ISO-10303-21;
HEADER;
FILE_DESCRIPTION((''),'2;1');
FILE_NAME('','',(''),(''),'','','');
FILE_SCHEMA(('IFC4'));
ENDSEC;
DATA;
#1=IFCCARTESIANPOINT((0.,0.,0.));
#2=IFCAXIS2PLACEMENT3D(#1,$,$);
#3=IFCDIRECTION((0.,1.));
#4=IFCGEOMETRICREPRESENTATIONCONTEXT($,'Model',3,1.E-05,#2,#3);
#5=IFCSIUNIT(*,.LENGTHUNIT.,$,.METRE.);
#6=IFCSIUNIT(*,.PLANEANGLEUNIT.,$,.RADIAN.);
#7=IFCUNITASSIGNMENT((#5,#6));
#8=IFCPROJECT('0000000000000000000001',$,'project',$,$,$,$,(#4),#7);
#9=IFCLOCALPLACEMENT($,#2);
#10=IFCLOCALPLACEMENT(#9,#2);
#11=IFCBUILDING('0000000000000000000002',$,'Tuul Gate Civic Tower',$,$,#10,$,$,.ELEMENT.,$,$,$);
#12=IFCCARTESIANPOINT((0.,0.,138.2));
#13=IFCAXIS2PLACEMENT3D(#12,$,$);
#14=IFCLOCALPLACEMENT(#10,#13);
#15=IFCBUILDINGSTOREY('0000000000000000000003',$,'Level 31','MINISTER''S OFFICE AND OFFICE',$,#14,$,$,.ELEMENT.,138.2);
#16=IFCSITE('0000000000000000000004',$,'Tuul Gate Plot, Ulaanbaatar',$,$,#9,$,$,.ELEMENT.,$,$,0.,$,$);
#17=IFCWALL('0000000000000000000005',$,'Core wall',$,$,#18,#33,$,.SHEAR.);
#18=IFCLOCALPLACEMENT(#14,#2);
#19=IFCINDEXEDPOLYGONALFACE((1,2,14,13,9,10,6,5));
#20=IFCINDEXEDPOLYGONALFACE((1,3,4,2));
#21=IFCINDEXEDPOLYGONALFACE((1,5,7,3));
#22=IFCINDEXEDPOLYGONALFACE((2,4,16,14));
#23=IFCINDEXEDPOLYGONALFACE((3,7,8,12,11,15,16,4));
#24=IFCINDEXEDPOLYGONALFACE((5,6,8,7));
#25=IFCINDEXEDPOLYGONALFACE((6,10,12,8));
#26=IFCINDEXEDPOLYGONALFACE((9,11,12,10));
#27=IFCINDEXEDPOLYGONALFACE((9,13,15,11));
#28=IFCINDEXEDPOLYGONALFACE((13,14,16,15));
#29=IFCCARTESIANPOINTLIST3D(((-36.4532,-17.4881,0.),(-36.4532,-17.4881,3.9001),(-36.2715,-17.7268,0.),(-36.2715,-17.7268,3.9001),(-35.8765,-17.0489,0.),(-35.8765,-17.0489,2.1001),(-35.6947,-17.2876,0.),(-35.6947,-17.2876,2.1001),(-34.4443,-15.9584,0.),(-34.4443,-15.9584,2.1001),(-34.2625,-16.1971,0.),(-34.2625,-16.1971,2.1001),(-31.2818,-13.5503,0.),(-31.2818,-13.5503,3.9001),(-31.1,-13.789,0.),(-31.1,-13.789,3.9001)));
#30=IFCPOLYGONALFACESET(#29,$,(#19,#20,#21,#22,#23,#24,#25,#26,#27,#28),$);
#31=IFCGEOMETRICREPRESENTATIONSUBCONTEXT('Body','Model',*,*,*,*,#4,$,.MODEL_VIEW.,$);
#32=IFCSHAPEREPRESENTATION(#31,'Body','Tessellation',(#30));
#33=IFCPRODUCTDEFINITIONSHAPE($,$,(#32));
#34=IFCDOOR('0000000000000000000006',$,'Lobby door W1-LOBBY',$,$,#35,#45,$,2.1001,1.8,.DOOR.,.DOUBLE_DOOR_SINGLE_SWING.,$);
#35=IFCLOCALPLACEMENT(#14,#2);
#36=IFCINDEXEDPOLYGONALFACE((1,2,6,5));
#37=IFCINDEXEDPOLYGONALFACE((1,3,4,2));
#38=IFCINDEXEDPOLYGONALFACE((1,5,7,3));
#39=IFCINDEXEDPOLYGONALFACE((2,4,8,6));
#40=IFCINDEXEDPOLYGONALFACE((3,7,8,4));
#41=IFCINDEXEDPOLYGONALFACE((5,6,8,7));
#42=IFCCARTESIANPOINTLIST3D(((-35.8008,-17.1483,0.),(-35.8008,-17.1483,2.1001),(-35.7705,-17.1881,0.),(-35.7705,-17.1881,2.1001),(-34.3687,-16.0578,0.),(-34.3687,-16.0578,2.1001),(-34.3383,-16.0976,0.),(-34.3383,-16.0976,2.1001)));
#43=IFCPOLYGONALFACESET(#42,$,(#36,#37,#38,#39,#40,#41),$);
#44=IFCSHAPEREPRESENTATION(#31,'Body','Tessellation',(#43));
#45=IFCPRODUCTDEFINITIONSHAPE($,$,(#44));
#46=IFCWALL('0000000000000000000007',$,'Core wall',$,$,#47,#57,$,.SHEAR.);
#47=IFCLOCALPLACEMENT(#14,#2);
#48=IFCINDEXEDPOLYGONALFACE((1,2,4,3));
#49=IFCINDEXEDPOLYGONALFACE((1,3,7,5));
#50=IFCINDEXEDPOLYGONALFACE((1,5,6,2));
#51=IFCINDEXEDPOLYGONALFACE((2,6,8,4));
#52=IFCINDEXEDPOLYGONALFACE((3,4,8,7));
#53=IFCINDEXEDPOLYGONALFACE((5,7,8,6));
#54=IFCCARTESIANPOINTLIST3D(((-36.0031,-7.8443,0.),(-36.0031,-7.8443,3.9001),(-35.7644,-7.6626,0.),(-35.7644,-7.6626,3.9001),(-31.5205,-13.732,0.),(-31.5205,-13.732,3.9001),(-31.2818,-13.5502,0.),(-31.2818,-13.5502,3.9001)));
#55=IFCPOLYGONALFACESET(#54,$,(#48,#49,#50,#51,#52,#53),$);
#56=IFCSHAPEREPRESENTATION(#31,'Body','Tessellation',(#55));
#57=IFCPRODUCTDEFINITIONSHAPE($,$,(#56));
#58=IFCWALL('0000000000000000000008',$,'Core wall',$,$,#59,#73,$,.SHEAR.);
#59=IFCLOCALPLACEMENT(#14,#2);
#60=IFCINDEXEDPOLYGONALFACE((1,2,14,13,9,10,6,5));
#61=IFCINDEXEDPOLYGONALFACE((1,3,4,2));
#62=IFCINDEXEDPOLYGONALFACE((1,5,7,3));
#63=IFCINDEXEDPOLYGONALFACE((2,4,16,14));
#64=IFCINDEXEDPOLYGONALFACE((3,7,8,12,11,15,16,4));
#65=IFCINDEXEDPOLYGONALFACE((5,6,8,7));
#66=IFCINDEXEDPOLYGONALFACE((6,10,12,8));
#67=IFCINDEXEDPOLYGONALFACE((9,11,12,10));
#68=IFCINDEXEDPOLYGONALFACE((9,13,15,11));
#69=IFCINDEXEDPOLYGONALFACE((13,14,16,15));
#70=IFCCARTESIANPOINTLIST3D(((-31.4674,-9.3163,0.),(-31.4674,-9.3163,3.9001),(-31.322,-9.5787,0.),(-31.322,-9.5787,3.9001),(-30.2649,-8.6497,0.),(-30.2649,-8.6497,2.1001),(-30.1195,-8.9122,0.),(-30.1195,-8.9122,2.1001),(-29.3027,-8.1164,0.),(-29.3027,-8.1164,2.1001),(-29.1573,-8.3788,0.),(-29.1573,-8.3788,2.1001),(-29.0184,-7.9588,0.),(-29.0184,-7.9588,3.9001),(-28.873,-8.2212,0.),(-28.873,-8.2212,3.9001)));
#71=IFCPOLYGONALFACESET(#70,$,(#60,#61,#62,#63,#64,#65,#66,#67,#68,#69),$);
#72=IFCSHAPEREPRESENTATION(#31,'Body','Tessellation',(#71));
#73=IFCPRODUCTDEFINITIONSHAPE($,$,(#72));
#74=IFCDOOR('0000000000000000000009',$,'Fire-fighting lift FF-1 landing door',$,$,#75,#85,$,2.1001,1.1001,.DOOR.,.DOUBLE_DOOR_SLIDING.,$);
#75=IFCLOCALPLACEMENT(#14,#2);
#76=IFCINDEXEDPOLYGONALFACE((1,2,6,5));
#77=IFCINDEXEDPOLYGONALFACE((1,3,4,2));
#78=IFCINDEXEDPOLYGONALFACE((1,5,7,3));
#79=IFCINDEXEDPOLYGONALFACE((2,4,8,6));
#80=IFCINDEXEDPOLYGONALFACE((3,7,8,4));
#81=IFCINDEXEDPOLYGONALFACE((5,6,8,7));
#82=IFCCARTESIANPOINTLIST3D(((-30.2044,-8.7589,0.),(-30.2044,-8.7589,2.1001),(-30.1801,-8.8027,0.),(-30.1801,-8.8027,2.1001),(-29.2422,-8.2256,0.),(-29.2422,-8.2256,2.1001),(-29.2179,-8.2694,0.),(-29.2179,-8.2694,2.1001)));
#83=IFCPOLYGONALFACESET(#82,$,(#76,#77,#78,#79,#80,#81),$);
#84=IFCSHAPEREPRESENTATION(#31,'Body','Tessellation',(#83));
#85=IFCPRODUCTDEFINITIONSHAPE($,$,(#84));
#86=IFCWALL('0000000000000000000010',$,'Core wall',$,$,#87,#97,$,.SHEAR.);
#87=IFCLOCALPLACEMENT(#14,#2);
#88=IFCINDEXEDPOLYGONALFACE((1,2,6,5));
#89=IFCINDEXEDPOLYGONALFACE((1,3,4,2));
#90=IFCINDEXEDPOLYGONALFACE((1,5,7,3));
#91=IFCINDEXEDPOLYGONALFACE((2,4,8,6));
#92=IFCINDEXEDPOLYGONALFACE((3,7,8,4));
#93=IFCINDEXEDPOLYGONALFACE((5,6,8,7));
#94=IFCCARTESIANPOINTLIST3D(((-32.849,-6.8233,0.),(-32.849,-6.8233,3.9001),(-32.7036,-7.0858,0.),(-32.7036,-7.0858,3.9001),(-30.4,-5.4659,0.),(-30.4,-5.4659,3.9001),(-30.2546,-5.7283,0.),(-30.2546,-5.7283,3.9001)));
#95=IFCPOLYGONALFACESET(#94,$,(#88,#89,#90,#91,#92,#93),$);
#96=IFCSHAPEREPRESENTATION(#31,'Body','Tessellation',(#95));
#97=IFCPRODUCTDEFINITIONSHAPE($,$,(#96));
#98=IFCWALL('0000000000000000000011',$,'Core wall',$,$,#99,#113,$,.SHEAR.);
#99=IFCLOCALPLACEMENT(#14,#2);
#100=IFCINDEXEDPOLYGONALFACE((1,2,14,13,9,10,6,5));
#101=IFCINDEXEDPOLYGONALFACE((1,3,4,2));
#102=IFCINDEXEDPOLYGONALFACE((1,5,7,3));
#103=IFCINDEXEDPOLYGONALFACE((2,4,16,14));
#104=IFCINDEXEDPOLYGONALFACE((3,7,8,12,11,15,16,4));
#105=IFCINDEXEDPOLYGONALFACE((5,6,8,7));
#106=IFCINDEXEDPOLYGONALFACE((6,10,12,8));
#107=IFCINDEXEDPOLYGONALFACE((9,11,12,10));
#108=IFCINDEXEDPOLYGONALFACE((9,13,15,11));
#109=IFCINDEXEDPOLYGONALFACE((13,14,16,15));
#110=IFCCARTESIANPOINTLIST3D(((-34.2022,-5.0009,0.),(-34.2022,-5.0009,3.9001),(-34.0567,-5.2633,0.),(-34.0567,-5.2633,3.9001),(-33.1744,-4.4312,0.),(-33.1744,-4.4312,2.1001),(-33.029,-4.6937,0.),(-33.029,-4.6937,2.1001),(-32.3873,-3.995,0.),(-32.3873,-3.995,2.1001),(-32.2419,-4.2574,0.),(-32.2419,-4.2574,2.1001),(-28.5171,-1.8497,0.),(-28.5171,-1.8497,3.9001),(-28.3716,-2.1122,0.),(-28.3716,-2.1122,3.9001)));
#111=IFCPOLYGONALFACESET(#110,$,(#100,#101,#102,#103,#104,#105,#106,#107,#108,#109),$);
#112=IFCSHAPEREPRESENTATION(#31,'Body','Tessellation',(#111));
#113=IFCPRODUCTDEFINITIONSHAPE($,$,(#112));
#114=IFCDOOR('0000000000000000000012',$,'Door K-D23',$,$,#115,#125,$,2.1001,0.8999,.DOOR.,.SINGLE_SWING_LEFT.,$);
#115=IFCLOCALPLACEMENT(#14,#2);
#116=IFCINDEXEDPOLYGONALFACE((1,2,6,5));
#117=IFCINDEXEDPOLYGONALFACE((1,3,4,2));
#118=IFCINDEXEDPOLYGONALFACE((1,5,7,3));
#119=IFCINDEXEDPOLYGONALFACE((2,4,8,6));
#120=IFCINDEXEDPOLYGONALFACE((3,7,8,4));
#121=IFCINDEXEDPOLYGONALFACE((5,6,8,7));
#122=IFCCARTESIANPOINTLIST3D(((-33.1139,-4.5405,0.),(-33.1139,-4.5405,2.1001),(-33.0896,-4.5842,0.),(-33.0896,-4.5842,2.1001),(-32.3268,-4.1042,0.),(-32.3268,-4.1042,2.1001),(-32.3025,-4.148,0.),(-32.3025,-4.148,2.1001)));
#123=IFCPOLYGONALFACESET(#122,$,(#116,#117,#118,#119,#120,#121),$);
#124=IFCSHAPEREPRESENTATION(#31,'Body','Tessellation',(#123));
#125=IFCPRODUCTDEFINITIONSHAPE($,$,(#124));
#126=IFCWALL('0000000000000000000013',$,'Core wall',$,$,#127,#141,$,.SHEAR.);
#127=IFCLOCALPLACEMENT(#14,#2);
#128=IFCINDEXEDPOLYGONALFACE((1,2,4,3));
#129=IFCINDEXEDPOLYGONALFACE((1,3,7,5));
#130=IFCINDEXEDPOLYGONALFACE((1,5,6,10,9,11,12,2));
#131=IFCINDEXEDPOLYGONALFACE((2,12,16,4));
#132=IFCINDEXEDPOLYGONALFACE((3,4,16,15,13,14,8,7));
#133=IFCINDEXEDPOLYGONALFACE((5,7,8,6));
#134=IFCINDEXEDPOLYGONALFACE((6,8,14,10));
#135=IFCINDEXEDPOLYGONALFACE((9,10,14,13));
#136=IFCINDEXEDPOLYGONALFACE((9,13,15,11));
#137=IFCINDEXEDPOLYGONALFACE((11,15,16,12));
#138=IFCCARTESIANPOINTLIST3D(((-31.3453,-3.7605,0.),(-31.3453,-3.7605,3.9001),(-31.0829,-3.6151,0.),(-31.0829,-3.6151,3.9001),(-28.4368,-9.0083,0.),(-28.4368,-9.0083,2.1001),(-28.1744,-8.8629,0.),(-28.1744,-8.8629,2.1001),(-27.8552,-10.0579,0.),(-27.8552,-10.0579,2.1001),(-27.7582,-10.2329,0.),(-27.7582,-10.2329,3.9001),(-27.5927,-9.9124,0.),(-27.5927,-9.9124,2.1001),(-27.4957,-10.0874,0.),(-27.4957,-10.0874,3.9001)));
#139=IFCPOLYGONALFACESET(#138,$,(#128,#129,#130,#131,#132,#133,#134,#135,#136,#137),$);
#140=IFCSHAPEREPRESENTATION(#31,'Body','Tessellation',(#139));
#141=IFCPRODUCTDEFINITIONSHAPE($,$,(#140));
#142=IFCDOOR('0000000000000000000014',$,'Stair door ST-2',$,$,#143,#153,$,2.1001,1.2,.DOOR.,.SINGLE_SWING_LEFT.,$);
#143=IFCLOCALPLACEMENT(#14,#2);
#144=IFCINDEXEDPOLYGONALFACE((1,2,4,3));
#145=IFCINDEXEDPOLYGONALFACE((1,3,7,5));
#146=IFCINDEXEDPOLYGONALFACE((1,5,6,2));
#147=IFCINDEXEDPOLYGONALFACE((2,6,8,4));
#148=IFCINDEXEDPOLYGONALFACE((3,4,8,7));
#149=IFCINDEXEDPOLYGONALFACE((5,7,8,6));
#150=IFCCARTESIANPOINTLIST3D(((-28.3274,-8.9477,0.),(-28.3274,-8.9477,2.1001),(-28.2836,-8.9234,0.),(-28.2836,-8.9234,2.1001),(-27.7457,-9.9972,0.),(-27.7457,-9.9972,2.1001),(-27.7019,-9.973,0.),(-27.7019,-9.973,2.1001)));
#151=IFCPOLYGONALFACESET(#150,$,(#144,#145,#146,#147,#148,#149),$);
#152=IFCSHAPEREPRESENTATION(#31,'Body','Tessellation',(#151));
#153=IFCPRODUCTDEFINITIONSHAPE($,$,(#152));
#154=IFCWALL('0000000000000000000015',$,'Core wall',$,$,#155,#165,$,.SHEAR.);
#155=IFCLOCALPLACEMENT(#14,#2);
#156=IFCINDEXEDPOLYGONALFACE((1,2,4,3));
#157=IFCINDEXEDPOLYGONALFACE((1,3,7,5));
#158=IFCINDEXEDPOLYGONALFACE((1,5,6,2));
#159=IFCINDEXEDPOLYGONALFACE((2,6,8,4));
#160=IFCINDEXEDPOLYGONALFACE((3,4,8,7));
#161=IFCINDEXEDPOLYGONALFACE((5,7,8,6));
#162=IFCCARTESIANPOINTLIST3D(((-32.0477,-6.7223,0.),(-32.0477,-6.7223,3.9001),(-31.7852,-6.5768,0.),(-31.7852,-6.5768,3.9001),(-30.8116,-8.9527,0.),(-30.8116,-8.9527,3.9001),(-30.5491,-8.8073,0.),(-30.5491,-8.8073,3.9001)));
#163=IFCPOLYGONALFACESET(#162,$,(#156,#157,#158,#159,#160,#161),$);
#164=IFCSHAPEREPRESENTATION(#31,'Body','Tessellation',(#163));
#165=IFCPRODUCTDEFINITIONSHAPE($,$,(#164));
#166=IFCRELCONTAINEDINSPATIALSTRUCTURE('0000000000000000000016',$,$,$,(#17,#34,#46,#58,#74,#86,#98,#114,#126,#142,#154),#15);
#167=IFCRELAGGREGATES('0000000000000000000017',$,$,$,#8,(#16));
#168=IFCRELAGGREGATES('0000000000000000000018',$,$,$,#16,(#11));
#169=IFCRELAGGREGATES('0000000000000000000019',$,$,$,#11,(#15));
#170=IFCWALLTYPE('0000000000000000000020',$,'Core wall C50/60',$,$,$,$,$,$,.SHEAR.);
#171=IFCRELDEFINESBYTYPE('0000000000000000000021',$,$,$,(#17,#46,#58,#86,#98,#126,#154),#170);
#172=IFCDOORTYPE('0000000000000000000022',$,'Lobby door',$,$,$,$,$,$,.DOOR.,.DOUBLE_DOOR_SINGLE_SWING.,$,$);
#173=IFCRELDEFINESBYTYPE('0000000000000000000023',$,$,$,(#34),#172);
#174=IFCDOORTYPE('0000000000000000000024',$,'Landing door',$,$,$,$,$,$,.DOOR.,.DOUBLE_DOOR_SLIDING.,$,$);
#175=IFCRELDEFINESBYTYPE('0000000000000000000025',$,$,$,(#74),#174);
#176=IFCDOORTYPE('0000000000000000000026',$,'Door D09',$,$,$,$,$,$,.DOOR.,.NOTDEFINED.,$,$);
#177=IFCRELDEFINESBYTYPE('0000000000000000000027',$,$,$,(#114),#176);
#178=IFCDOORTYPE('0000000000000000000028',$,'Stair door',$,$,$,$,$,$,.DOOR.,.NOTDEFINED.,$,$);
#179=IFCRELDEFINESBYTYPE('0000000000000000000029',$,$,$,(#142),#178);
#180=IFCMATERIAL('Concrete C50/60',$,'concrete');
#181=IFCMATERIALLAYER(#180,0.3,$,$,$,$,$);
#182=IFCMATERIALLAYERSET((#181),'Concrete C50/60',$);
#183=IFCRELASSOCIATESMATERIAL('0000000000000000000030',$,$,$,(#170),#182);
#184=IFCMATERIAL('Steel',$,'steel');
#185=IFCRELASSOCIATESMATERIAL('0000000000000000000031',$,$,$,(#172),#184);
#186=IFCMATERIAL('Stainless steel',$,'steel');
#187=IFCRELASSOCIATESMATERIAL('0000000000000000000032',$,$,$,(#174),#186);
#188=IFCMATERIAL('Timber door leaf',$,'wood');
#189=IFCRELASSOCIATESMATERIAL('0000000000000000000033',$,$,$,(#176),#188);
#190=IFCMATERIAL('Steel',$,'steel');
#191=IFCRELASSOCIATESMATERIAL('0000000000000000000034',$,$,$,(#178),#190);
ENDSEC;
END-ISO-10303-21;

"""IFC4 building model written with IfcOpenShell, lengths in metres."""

from ifc_helpers import new_model, si_unit, direction, frame, frame_2d, origin, place, context, subcontext, project, spatial, rectangle, extrude, material, layer, layer_set, type_object, element, fill, save


model = new_model("IFC4")

# Units and contexts
model_context = context("Model", 3, precision=1e-05, world=origin(), true_north=direction((0.0, 1.0)))
body_context = subcontext(model_context, "Body", "Model", "MODEL_VIEW")
ifc_project = project(units=[si_unit("LENGTHUNIT", "METRE"), si_unit("PLANEANGLEUNIT", "RADIAN")], contexts=[model_context])

# Site, building, storey
site_placement = place(None, origin())
site = spatial("IfcSite", under=ifc_project, at=site_placement, Name="Tuul Gate Plot, Ulaanbaatar", CompositionType="ELEMENT", RefElevation=0.0)
building_placement = place(site_placement, origin())
building = spatial("IfcBuilding", under=site, at=building_placement, Name="Tuul Gate Civic Tower", CompositionType="ELEMENT")
storey_placement = place(building_placement, frame((0.0, 0.0, 138.2)))
storey = spatial("IfcBuildingStorey", under=building, at=storey_placement, Name="Level 31", Description="MINISTER'S OFFICE AND OFFICE", CompositionType="ELEMENT", Elevation=138.2)

# Wall, opening, door
ifc_material_1 = material(Name="Concrete C50/60", Category="concrete")
ifc_layer_1 = layer(ifc_material_1, 0.3)
ifc_layer_set_1 = layer_set([ifc_layer_1], Name="Concrete C50/60")
wall_type_1 = type_object("IfcWallType", Name="Core wall C50/60", PredefinedType="SHEAR", material=ifc_layer_set_1)
wall_1_placement = place(storey_placement, frame((-31.1909, -13.6697, 0.0), z_axis=(0.0, 0.0, 1.0), x_axis=(-0.795607, -0.605813, 0.0)))
wall_1 = element("IfcWall", 1, at=wall_1_placement, inside=storey, type_object=wall_type_1, Name="Core wall", PredefinedType="SHEAR", context=body_context, shape_type="SweptSolid", body=[
    extrude(rectangle(XDim=6.5, YDim=0.3, at=frame_2d((3.25, 0.0))), origin(), (0.0, 0.0, 1.0), 3.9001),
])
opening_1_placement = place(wall_1_placement, frame((3.9751, 0.0, 0.0)))
opening_1 = element("IfcOpeningElement", 2, at=opening_1_placement, cuts=wall_1, PredefinedType="OPENING", context=body_context, shape_type="SweptSolid", body=[
    extrude(rectangle(XDim=1.8, YDim=2.1001, at=frame_2d((0.8999, 1.05))), frame((0.0, 0.1602, 0.0), z_axis=(0.0, -1.0, 0.0), x_axis=(1.0, 0.0, 0.0)), (0.0, 0.0, 1.0), 0.3201),
])
ifc_material_2 = material(Name="Steel", Category="steel")
door_type_1 = type_object("IfcDoorType", Name="Lobby door", OperationType="DOUBLE_DOOR_SINGLE_SWING", PredefinedType="DOOR", material=ifc_material_2)
door_1_placement = place(opening_1_placement, origin())
door_1 = element("IfcDoor", 3, at=door_1_placement, inside=storey, type_object=door_type_1, Name="Lobby door W1-LOBBY", OperationType="DOUBLE_DOOR_SINGLE_SWING", OverallHeight=2.1001, OverallWidth=1.8, PredefinedType="DOOR", context=body_context, shape_type="SweptSolid", body=[
    extrude(rectangle(XDim=1.8, YDim=2.1001, at=frame_2d((0.8999, 1.05))), frame((0.0, 0.0249, 0.0), z_axis=(0.0, -1.0, 0.0), x_axis=(1.0, 0.0, 0.0)), (0.0, 0.0, 1.0), 0.05),
])
fill(opening_1, door_1)

# Wall
wall_2_placement = place(storey_placement, frame((-31.4011, -13.6411, 0.0), z_axis=(0.0, 0.0, 1.0), x_axis=(-0.60577, 0.79564, 0.0)))
element("IfcWall", 4, at=wall_2_placement, inside=storey, type_object=wall_type_1, Name="Core wall", PredefinedType="SHEAR", context=body_context, shape_type="SweptSolid", body=[
    extrude(rectangle(XDim=7.3999, YDim=0.3, at=frame_2d((3.7, 0.0))), origin(), (0.0, 0.0, 1.0), 3.9001),
])

# Wall, opening, door
wall_3_placement = place(storey_placement, frame((-28.9458, -8.0901, 0.0), z_axis=(0.0, 0.0, 1.0), x_axis=(-0.87463, -0.484791, 0.0)))
wall_3 = element("IfcWall", 5, at=wall_3_placement, inside=storey, type_object=wall_type_1, Name="Core wall", PredefinedType="SHEAR", context=body_context, shape_type="SweptSolid", body=[
    extrude(rectangle(XDim=2.8, YDim=0.3, at=frame_2d((1.3999, 0.0))), origin(), (0.0, 0.0, 1.0), 3.9001),
])
opening_2_placement = place(wall_3_placement, frame((0.325, 0.0, 0.0)))
opening_2 = element("IfcOpeningElement", 6, at=opening_2_placement, cuts=wall_3, PredefinedType="OPENING", context=body_context, shape_type="SweptSolid", body=[
    extrude(rectangle(XDim=1.1001, YDim=2.1001, at=frame_2d((0.55, 1.05))), frame((0.0, 0.1602, 0.0), z_axis=(0.0, -1.0, 0.0), x_axis=(1.0, 0.0, 0.0)), (0.0, 0.0, 1.0), 0.3201),
])
ifc_material_3 = material(Name="Stainless steel", Category="steel")
door_type_2 = type_object("IfcDoorType", Name="Landing door", OperationType="DOUBLE_DOOR_SLIDING", PredefinedType="DOOR", material=ifc_material_3)
door_2_placement = place(opening_2_placement, origin())
door_2 = element("IfcDoor", 7, at=door_2_placement, inside=storey, type_object=door_type_2, Name="Fire-fighting lift FF-1 landing door", OperationType="DOUBLE_DOOR_SLIDING", OverallHeight=2.1001, OverallWidth=1.1001, PredefinedType="DOOR", context=body_context, shape_type="SweptSolid", body=[
    extrude(rectangle(XDim=1.1001, YDim=2.1001, at=frame_2d((0.55, 1.05))), frame((0.0, 0.0249, 0.0), z_axis=(0.0, -1.0, 0.0), x_axis=(1.0, 0.0, 0.0)), (0.0, 0.0, 1.0), 0.05),
])
fill(opening_2, door_2)

# Wall
wall_4_placement = place(storey_placement, frame((-30.3274, -5.5972, 0.0), z_axis=(0.0, 0.0, 1.0), x_axis=(-0.87463, -0.484791, 0.0)))
element("IfcWall", 8, at=wall_4_placement, inside=storey, type_object=wall_type_1, Name="Core wall", PredefinedType="SHEAR", context=body_context, shape_type="SweptSolid", body=[
    extrude(rectangle(XDim=2.8, YDim=0.3, at=frame_2d((1.3999, 0.0))), origin(), (0.0, 0.0, 1.0), 3.9001),
])

# Walls, openings, doors
wall_5_placement = place(storey_placement, frame((-28.4443, -1.981, 0.0), z_axis=(0.0, 0.0, 1.0), x_axis=(-0.87463, -0.484791, 0.0)))
wall_5 = element("IfcWall", 9, at=wall_5_placement, inside=storey, type_object=wall_type_1, Name="Core wall", PredefinedType="SHEAR", context=body_context, shape_type="SweptSolid", body=[
    extrude(rectangle(XDim=6.5, YDim=0.3, at=frame_2d((3.25, 0.0))), origin(), (0.0, 0.0, 1.0), 3.9001),
])
opening_3_placement = place(wall_5_placement, frame((4.425, 0.0, 0.0)))
opening_3 = element("IfcOpeningElement", 10, at=opening_3_placement, cuts=wall_5, PredefinedType="OPENING", context=body_context, shape_type="SweptSolid", body=[
    extrude(rectangle(XDim=0.8999, YDim=2.1001, at=frame_2d((0.45, 1.05))), frame((0.0, 0.1602, 0.0), z_axis=(0.0, -1.0, 0.0), x_axis=(1.0, 0.0, 0.0)), (0.0, 0.0, 1.0), 0.3201),
])
ifc_material_4 = material(Name="Timber door leaf", Category="wood")
door_type_3 = type_object("IfcDoorType", Name="Door D09", OperationType="NOTDEFINED", PredefinedType="DOOR", material=ifc_material_4)
door_3_placement = place(opening_3_placement, origin())
door_3 = element("IfcDoor", 11, at=door_3_placement, inside=storey, type_object=door_type_3, Name="Door K-D23", OperationType="SINGLE_SWING_LEFT", OverallHeight=2.1001, OverallWidth=0.8999, PredefinedType="DOOR", context=body_context, shape_type="SweptSolid", body=[
    extrude(rectangle(XDim=0.8999, YDim=2.1001, at=frame_2d((0.45, 1.05))), frame((0.0, 0.0249, 0.0), z_axis=(0.0, -1.0, 0.0), x_axis=(1.0, 0.0, 0.0)), (0.0, 0.0, 1.0), 0.05),
])
fill(opening_3, door_3)
wall_6_placement = place(storey_placement, frame((-27.627, -10.1602, 0.0), z_axis=(0.0, 0.0, 1.0), x_axis=(-0.484752, 0.874652, 0.0)))
wall_6 = element("IfcWall", 12, at=wall_6_placement, inside=storey, type_object=wall_type_1, Name="Core wall", PredefinedType="SHEAR", context=body_context, shape_type="SweptSolid", body=[
    extrude(rectangle(XDim=7.3999, YDim=0.3, at=frame_2d((3.7, 0.0))), origin(), (0.0, 0.0, 1.0), 3.9001),
])
opening_4_placement = place(wall_6_placement, frame((0.2, 0.0, 0.0)))
opening_4 = element("IfcOpeningElement", 13, at=opening_4_placement, cuts=wall_6, PredefinedType="OPENING", context=body_context, shape_type="SweptSolid", body=[
    extrude(rectangle(XDim=1.2, YDim=2.1001, at=frame_2d((0.6001, 1.05))), frame((0.0, 0.1602, 0.0), z_axis=(0.0, -1.0, 0.0), x_axis=(1.0, 0.0, 0.0)), (0.0, 0.0, 1.0), 0.3201),
])
ifc_material_5 = material(Name="Steel", Category="steel")
door_type_4 = type_object("IfcDoorType", Name="Stair door", OperationType="NOTDEFINED", PredefinedType="DOOR", material=ifc_material_5)
door_4_placement = place(opening_4_placement, origin())
door_4 = element("IfcDoor", 14, at=door_4_placement, inside=storey, type_object=door_type_4, Name="Stair door ST-2", OperationType="SINGLE_SWING_LEFT", OverallHeight=2.1001, OverallWidth=1.2, PredefinedType="DOOR", context=body_context, shape_type="SweptSolid", body=[
    extrude(rectangle(XDim=1.2, YDim=2.1001, at=frame_2d((0.6001, 1.05))), frame((0.0, 0.0249, 0.0), z_axis=(0.0, -1.0, 0.0), x_axis=(1.0, 0.0, 0.0)), (0.0, 0.0, 1.0), 0.05),
])
fill(opening_4, door_4)

# Wall
wall_7_placement = place(storey_placement, frame((-30.6804, -8.8799, 0.0), z_axis=(0.0, 0.0, 1.0), x_axis=(-0.484724, 0.874667, 0.0)))
element("IfcWall", 15, at=wall_7_placement, inside=storey, type_object=wall_type_1, Name="Core wall", PredefinedType="SHEAR", context=body_context, shape_type="SweptSolid", body=[
    extrude(rectangle(XDim=2.55, YDim=0.3, at=frame_2d((1.2749, 0.0))), origin(), (0.0, 0.0, 1.0), 3.9001),
])

save(model, "model.ifc")
